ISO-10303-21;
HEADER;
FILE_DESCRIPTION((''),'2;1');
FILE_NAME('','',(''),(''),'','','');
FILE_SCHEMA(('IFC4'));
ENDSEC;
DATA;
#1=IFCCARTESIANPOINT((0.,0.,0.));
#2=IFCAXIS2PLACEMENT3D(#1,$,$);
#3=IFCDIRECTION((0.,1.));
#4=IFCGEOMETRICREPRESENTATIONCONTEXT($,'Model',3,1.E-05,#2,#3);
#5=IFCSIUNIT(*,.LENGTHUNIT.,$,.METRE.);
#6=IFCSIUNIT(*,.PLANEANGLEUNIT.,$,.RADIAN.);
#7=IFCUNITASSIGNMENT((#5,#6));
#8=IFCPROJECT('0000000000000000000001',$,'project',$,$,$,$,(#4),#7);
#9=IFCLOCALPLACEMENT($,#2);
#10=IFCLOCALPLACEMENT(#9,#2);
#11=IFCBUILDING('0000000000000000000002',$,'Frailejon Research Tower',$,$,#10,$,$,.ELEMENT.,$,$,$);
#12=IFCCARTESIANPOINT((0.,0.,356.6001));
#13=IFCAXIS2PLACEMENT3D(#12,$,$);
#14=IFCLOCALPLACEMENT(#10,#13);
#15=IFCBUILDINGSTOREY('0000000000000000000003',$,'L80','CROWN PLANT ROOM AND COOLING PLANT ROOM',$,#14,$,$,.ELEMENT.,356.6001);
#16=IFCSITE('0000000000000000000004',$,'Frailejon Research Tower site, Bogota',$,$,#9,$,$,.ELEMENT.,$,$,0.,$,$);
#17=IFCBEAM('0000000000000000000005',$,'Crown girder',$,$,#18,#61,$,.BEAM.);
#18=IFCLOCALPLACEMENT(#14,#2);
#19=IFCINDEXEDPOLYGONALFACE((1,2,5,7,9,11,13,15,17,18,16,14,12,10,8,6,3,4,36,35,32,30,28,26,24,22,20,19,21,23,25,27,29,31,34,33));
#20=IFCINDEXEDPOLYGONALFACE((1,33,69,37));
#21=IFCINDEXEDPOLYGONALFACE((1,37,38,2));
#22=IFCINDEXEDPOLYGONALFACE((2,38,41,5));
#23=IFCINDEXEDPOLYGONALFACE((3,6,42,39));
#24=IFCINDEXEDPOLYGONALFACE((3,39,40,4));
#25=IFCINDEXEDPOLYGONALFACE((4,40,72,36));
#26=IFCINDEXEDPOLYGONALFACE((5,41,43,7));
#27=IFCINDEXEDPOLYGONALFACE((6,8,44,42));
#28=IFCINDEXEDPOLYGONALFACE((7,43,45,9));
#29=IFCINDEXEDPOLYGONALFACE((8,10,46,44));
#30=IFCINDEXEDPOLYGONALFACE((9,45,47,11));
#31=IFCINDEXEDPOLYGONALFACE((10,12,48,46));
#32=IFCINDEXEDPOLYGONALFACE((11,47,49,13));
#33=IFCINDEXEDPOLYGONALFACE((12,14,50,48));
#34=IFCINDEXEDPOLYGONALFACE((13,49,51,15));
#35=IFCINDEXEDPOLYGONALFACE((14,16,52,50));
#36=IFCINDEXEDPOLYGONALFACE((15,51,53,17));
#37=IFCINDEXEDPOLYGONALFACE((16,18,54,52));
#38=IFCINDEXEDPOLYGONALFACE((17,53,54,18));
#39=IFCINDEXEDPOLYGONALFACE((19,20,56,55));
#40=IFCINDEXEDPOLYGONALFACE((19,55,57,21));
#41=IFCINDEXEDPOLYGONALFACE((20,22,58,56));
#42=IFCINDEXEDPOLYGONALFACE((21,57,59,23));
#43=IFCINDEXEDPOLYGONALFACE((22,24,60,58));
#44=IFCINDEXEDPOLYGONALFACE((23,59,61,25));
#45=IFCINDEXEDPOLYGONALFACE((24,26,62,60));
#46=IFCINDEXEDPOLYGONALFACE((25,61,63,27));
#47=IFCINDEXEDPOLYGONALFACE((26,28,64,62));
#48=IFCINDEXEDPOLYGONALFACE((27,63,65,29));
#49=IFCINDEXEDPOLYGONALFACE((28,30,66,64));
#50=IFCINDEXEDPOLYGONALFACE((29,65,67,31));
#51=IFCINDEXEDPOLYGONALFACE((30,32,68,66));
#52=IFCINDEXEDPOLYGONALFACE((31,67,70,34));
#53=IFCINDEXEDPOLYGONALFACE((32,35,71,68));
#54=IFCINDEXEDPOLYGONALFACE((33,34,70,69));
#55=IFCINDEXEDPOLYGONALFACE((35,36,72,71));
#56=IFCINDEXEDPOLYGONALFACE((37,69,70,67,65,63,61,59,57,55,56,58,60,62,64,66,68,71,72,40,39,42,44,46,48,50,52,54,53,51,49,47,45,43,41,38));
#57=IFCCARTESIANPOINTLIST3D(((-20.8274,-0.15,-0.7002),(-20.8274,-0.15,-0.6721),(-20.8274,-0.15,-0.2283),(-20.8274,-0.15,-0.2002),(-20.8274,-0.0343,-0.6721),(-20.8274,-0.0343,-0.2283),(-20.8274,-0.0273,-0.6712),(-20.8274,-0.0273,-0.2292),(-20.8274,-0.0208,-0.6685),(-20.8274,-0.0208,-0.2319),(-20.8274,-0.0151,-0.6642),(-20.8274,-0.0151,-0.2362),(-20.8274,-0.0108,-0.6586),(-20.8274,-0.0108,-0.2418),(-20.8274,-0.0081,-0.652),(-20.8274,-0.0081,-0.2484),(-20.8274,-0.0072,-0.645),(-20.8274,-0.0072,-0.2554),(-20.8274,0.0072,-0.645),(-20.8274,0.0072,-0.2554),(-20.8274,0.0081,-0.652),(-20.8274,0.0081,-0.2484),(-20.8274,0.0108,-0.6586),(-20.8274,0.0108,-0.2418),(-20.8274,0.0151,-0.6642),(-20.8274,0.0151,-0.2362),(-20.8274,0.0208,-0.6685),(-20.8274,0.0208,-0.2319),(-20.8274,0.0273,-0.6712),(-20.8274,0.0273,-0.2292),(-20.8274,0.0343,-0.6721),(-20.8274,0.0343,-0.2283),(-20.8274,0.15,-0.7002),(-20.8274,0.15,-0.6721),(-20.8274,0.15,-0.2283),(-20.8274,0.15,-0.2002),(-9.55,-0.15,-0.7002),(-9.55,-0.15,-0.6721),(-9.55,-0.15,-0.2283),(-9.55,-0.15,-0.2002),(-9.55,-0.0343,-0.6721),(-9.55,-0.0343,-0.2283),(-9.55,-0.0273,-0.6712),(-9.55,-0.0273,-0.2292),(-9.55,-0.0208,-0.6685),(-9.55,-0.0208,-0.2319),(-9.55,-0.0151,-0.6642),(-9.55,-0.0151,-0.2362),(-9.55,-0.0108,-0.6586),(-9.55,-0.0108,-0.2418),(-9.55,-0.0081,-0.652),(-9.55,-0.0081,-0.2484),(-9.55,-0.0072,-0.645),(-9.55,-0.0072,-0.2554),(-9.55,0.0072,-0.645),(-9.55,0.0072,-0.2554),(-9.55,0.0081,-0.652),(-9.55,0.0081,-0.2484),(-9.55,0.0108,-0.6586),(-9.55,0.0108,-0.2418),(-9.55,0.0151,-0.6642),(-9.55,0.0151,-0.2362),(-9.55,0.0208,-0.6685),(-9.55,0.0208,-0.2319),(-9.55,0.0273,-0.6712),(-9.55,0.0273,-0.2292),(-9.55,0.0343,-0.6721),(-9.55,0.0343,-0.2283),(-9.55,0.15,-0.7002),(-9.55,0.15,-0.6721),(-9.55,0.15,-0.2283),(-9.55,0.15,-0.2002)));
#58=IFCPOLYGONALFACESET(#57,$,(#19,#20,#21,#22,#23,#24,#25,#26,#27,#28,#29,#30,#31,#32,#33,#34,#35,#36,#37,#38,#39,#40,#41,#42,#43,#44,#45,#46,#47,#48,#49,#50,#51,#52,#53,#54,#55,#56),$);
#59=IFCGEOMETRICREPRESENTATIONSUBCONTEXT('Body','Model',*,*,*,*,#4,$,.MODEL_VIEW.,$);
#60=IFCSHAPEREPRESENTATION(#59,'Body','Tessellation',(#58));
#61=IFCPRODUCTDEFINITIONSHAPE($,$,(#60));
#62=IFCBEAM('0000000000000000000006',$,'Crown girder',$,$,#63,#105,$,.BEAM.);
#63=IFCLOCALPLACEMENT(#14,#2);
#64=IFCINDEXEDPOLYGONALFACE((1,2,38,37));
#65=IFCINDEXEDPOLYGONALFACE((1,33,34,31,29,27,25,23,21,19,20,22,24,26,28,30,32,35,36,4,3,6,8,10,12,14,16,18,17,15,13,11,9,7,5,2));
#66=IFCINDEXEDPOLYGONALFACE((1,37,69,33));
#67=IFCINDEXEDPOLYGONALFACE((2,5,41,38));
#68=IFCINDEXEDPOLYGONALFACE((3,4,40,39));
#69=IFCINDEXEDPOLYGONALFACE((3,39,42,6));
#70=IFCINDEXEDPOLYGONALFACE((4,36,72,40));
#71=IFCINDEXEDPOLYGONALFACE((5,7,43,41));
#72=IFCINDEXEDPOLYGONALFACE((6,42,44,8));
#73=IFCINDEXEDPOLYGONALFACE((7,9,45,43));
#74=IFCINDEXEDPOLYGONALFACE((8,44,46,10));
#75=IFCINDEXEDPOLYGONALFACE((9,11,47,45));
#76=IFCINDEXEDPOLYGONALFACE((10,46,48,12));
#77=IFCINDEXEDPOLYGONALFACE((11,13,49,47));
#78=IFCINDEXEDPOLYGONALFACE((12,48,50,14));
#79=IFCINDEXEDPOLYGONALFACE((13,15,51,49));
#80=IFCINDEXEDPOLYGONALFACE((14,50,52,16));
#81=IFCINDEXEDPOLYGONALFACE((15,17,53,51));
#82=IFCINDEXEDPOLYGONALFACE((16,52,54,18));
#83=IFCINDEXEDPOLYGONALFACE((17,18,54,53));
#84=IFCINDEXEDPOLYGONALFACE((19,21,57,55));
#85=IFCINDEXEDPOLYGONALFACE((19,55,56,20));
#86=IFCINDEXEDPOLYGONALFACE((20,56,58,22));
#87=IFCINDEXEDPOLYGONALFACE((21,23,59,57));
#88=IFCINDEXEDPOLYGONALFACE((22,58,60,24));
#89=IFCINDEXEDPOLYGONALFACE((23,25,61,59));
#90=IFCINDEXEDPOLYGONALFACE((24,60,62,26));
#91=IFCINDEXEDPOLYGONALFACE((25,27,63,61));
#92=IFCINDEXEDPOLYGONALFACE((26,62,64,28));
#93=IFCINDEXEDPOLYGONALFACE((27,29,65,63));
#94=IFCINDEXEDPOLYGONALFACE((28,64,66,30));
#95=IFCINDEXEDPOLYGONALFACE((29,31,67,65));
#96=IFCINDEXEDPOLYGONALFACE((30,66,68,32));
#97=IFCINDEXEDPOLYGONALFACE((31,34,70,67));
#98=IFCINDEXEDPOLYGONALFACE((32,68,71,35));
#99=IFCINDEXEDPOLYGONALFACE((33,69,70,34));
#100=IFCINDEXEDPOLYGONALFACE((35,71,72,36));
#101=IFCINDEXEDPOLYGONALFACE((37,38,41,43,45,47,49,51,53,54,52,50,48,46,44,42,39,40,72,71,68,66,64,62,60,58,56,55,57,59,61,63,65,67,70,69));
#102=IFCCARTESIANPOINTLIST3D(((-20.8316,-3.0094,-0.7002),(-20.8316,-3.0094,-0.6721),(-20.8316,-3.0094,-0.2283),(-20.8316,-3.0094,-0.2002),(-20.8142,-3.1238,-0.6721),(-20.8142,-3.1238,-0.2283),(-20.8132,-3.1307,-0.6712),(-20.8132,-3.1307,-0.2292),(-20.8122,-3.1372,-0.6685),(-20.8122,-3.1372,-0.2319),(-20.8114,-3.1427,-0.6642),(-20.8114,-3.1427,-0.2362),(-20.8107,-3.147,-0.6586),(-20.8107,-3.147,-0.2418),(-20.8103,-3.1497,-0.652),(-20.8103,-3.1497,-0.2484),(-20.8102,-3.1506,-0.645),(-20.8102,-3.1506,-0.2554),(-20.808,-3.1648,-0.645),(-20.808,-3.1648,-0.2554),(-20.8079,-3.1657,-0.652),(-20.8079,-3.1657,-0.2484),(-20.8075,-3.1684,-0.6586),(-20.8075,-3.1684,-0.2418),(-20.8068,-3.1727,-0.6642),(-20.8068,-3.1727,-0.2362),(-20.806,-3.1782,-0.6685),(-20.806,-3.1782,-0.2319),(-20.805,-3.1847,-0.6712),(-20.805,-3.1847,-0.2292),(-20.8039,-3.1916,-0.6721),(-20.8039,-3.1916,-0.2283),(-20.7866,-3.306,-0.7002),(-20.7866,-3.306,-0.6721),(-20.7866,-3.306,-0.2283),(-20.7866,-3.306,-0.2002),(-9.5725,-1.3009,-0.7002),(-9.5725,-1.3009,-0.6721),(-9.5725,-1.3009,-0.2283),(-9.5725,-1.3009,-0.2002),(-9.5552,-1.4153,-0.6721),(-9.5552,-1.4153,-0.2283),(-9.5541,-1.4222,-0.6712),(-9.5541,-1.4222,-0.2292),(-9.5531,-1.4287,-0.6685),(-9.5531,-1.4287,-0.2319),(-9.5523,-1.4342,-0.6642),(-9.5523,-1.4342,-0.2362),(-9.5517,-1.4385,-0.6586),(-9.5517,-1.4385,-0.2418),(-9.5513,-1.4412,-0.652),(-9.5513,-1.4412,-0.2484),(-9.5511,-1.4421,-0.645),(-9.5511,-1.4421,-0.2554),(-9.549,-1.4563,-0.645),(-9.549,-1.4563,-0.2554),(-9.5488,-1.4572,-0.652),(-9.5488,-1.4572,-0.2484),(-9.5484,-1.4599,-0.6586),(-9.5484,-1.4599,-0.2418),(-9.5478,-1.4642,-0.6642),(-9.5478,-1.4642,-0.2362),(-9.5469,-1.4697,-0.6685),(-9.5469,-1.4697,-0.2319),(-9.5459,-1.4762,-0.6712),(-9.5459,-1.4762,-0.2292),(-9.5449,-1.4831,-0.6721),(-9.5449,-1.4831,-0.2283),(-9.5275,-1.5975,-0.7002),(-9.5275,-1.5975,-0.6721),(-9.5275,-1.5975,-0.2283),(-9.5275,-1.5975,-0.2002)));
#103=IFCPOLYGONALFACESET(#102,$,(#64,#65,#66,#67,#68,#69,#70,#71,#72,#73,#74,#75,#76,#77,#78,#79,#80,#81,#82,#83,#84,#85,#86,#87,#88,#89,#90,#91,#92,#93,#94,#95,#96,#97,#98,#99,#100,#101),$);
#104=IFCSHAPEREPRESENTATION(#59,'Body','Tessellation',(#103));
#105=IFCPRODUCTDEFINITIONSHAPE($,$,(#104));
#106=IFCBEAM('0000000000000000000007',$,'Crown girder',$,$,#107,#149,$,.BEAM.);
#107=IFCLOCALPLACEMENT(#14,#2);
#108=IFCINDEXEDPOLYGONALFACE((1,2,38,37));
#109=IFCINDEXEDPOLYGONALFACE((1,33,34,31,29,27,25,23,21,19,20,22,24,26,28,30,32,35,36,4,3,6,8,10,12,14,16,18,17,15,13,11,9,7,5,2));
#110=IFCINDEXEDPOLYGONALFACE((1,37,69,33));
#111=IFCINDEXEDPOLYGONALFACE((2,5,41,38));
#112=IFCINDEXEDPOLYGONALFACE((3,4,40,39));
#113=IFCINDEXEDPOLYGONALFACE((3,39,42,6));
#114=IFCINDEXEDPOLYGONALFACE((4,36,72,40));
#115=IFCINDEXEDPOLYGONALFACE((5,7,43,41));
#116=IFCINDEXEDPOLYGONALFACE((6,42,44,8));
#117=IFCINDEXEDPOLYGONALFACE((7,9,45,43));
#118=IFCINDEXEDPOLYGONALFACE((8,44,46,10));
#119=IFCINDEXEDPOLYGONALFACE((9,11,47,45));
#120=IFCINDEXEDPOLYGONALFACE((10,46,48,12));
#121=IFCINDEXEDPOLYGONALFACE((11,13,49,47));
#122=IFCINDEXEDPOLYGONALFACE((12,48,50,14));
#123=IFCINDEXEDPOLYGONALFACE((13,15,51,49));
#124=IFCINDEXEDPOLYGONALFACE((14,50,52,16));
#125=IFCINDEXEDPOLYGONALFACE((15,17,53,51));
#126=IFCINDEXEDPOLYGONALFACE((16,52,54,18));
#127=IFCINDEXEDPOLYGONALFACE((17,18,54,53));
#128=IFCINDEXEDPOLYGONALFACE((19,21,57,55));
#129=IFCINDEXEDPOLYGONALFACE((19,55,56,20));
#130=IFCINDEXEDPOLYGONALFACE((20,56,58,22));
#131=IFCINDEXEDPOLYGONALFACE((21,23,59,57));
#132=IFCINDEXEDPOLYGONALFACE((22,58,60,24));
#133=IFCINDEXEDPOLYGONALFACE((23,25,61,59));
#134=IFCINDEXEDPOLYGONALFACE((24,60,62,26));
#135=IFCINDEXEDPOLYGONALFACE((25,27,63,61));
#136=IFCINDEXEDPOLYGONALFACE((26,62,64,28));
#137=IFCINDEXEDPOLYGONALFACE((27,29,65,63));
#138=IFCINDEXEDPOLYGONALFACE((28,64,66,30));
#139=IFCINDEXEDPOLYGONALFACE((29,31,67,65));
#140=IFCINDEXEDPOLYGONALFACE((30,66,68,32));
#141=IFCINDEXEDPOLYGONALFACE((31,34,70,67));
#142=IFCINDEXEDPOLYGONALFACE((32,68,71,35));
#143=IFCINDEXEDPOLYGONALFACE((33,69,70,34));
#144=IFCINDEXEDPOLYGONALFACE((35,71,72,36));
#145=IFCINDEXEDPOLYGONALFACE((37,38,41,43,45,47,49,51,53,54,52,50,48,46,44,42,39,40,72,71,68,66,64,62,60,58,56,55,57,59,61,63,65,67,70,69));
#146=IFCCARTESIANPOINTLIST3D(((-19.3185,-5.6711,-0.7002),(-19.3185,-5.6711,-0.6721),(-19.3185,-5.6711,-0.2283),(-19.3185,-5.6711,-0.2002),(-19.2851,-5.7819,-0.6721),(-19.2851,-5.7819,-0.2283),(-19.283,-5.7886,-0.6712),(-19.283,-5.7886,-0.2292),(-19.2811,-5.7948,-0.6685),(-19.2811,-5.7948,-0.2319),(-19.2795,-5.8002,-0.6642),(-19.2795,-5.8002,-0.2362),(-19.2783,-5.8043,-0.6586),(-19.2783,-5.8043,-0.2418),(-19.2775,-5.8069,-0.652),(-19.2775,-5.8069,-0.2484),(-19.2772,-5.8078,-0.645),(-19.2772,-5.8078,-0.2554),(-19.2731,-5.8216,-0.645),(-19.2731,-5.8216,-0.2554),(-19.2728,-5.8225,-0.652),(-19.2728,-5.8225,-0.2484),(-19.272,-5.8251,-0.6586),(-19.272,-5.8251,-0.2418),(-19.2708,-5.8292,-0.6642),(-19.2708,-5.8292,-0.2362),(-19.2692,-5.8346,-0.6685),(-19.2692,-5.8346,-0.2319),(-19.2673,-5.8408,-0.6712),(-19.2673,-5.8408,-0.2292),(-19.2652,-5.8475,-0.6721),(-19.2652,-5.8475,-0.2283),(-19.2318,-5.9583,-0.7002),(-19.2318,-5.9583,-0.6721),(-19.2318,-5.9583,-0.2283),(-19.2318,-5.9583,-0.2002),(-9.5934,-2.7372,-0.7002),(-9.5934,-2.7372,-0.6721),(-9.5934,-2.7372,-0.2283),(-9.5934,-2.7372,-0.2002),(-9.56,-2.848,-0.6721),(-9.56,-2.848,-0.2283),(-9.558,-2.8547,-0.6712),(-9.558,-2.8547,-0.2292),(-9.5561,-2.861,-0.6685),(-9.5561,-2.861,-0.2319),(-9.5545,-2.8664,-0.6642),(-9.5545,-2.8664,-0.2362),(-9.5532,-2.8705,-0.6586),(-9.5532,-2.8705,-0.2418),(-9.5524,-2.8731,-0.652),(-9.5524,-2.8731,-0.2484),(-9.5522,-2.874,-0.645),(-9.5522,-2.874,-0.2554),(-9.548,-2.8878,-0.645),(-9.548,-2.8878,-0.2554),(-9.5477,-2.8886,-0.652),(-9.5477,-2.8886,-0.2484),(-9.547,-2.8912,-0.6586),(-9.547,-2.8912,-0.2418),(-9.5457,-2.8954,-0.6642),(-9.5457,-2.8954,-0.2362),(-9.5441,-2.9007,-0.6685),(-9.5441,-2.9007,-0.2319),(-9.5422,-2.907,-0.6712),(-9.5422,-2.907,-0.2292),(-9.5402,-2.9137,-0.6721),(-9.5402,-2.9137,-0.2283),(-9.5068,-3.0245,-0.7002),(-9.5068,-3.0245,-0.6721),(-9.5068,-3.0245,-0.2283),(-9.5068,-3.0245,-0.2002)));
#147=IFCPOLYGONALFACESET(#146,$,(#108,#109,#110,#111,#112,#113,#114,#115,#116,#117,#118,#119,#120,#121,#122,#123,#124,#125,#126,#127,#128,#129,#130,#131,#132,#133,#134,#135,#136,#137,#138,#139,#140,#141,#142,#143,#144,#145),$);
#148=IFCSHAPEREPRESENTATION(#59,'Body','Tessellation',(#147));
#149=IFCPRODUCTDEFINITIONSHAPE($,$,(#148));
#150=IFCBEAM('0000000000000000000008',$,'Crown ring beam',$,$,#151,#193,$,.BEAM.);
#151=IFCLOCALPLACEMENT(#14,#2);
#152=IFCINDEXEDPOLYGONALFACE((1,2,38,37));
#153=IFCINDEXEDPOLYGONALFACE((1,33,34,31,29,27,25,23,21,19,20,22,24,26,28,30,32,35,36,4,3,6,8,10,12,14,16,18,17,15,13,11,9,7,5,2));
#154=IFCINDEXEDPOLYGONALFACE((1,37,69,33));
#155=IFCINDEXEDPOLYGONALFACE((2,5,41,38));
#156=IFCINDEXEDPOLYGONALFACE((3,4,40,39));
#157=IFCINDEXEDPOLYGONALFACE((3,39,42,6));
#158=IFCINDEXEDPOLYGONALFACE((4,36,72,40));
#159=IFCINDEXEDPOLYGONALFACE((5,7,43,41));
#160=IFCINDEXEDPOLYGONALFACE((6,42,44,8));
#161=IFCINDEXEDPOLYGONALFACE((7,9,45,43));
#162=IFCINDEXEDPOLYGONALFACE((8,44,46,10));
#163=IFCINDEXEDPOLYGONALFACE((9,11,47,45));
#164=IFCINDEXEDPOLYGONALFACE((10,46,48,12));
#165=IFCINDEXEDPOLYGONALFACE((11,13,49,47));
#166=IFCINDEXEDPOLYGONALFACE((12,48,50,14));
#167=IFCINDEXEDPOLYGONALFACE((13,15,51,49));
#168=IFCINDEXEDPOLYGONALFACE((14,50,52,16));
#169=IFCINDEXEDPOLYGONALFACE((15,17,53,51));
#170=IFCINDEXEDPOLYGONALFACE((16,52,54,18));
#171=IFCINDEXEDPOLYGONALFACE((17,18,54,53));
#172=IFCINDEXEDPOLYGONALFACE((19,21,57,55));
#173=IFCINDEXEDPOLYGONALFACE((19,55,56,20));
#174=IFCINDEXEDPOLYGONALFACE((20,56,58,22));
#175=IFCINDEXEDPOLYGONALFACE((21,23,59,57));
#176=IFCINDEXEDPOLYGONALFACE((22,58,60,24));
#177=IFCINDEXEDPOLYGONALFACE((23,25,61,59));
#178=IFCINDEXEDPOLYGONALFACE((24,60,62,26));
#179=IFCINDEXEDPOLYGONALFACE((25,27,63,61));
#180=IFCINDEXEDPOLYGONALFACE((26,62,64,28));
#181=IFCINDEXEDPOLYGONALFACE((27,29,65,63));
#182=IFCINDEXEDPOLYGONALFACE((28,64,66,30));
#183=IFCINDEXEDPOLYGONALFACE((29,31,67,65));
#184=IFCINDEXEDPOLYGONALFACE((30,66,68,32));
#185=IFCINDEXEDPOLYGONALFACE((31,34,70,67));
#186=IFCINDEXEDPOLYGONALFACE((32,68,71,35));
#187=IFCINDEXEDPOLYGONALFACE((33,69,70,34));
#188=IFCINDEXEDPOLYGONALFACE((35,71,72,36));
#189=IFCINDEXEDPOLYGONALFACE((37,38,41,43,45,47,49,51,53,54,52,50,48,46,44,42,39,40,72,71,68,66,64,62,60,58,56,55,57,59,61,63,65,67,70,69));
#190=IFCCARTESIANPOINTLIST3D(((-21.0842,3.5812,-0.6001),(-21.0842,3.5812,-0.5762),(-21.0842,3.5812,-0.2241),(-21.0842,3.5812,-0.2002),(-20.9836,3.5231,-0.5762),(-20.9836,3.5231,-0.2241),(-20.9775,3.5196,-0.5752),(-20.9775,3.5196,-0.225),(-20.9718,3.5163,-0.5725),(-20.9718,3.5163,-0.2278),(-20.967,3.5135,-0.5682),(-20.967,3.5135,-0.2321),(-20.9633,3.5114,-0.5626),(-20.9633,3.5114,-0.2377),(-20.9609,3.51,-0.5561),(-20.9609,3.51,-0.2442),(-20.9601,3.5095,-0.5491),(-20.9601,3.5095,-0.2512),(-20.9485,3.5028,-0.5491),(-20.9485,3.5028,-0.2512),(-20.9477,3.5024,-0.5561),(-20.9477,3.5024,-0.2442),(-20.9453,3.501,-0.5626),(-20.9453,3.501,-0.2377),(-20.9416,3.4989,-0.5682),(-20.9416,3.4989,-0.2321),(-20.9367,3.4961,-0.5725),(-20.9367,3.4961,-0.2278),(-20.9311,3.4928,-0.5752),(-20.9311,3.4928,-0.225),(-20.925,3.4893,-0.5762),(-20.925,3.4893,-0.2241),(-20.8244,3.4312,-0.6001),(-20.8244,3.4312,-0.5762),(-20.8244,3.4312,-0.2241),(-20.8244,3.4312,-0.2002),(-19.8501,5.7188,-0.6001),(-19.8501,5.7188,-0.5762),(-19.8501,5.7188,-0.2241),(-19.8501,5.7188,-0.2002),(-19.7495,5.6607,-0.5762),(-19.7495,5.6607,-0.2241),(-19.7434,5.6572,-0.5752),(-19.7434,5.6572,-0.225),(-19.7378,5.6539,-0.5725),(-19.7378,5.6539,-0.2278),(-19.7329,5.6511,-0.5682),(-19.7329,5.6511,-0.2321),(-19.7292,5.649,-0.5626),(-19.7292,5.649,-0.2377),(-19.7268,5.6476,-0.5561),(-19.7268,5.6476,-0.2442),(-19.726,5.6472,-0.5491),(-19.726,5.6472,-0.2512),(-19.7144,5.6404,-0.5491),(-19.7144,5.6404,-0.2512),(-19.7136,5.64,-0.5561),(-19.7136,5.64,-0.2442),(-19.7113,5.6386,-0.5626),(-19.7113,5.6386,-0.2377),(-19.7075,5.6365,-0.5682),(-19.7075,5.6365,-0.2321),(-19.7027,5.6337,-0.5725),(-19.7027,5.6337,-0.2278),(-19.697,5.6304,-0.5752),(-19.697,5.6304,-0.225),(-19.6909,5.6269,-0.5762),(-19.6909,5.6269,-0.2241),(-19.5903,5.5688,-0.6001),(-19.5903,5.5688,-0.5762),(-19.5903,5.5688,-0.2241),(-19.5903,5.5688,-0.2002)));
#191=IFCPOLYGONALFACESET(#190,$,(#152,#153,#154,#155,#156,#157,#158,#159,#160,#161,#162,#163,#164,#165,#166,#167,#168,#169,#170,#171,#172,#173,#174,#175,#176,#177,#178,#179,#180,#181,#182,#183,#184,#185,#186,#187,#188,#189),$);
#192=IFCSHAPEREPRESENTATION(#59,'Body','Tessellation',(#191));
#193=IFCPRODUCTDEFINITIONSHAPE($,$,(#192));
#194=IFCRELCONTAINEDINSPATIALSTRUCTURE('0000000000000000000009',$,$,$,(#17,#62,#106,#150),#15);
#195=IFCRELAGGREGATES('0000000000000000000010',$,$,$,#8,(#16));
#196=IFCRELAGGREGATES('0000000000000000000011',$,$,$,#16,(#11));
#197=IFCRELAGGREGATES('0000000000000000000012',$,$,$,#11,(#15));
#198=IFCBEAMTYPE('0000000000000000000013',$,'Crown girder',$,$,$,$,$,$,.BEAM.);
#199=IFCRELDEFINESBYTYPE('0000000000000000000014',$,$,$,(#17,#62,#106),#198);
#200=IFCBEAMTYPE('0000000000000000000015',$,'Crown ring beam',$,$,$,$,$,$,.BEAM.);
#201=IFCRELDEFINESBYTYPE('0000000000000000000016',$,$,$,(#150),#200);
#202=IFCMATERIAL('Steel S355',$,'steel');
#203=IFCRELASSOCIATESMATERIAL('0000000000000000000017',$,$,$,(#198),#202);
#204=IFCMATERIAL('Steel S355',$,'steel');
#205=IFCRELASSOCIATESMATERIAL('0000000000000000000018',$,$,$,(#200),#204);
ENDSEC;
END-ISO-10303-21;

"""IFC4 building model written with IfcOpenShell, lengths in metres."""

from ifc_helpers import new_model, si_unit, direction, frame, origin, origin_2d, place, context, subcontext, project, spatial, i_section, extrude, material, material_profile, profile_set, type_object, element, save


model = new_model("IFC4")

# Units and contexts
model_context = context("Model", 3, precision=1e-05, world=origin(), true_north=direction((0.0, 1.0)))
body_context = subcontext(model_context, "Body", "Model", "MODEL_VIEW")
ifc_project = project(units=[si_unit("LENGTHUNIT", "METRE"), si_unit("PLANEANGLEUNIT", "RADIAN")], contexts=[model_context])

# Site, building, storey
site_placement = place(None, origin())
site = spatial("IfcSite", under=ifc_project, at=site_placement, Name="Frailejon Research Tower site, Bogota", CompositionType="ELEMENT", RefElevation=0.0)
building_placement = place(site_placement, origin())
building = spatial("IfcBuilding", under=site, at=building_placement, Name="Frailejon Research Tower", CompositionType="ELEMENT")
storey_placement = place(building_placement, frame((0.0, 0.0, 356.6001)))
storey = spatial("IfcBuildingStorey", under=building, at=storey_placement, Name="L80", Description="CROWN PLANT ROOM AND COOLING PLANT ROOM", CompositionType="ELEMENT", Elevation=356.6001)

# Beams
ifc_material_1 = material(Name="Steel S355", Category="steel")
ifc_material_profile_1 = material_profile(ifc_material_1, i_section(OverallWidth=0.3, OverallDepth=0.5, WebThickness=0.0144, FlangeThickness=0.0281, FilletRadius=0.0271, at=origin_2d()), Name="HE 500 B")
ifc_profile_set_1 = profile_set([ifc_material_profile_1], Name="Steel S355")
beam_type_1 = type_object("IfcBeamType", Name="Crown girder", PredefinedType="BEAM", material=ifc_profile_set_1)
beam_1_placement = place(storey_placement, frame((-20.8274, 0.0, -0.4502), z_axis=(1.0, 0.0, 0.0), x_axis=(0.0, 1.0, 0.0)))
element("IfcBeam", 1, at=beam_1_placement, inside=storey, type_object=beam_type_1, Name="Crown girder", PredefinedType="BEAM", context=body_context, shape_type="SweptSolid", body=[
    extrude(i_section(OverallWidth=0.3, OverallDepth=0.5, WebThickness=0.0144, FlangeThickness=0.0281, FilletRadius=0.0271, at=origin_2d()), origin(), (0.0, 0.0, 1.0), 11.2773),
])
beam_2_placement = place(storey_placement, frame((-20.8091, -3.1577, -0.4502), z_axis=(0.988682, 0.150027, 0.0), x_axis=(-0.150027, 0.988682, 0.0)))
element("IfcBeam", 2, at=beam_2_placement, inside=storey, type_object=beam_type_1, Name="Crown girder", PredefinedType="BEAM", context=body_context, shape_type="SweptSolid", body=[
    extrude(i_section(OverallWidth=0.3, OverallDepth=0.5, WebThickness=0.0144, FlangeThickness=0.0281, FilletRadius=0.0271, at=origin_2d()), origin(), (0.0, 0.0, 1.0), 11.3879),
])
beam_3_placement = place(storey_placement, frame((-19.2751, -5.8147, -0.4502), z_axis=(0.957383, 0.28882, 0.0), x_axis=(-0.28882, 0.957383, 0.0)))
element("IfcBeam", 3, at=beam_3_placement, inside=storey, type_object=beam_type_1, Name="Crown girder", PredefinedType="BEAM", context=body_context, shape_type="SweptSolid", body=[
    extrude(i_section(OverallWidth=0.3, OverallDepth=0.5, WebThickness=0.0144, FlangeThickness=0.0281, FilletRadius=0.0271, at=origin_2d()), origin(), (0.0, 0.0, 1.0), 10.158),
])
ifc_material_2 = material(Name="Steel S355", Category="steel")
ifc_material_profile_2 = material_profile(ifc_material_2, i_section(OverallWidth=0.3, OverallDepth=0.3999, WebThickness=0.0134, FlangeThickness=0.0239, FilletRadius=0.0271, at=origin_2d()), Name="HE 400 B")
ifc_profile_set_2 = profile_set([ifc_material_profile_2], Name="Steel S355")
beam_type_2 = type_object("IfcBeamType", Name="Crown ring beam", PredefinedType="BEAM", material=ifc_profile_set_2)
beam_4_placement = place(storey_placement, frame((-19.7202, 5.6438, -0.4001), z_axis=(-0.499979, -0.866037, 0.0), x_axis=(0.866037, -0.499979, 0.0)))
element("IfcBeam", 4, at=beam_4_placement, inside=storey, type_object=beam_type_2, Name="Crown ring beam", PredefinedType="BEAM", context=body_context, shape_type="SweptSolid", body=[
    extrude(i_section(OverallWidth=0.3, OverallDepth=0.3999, WebThickness=0.0134, FlangeThickness=0.0239, FilletRadius=0.0271, at=origin_2d()), origin(), (0.0, 0.0, 1.0), 2.4683),
])

save(model, "model.ifc")
